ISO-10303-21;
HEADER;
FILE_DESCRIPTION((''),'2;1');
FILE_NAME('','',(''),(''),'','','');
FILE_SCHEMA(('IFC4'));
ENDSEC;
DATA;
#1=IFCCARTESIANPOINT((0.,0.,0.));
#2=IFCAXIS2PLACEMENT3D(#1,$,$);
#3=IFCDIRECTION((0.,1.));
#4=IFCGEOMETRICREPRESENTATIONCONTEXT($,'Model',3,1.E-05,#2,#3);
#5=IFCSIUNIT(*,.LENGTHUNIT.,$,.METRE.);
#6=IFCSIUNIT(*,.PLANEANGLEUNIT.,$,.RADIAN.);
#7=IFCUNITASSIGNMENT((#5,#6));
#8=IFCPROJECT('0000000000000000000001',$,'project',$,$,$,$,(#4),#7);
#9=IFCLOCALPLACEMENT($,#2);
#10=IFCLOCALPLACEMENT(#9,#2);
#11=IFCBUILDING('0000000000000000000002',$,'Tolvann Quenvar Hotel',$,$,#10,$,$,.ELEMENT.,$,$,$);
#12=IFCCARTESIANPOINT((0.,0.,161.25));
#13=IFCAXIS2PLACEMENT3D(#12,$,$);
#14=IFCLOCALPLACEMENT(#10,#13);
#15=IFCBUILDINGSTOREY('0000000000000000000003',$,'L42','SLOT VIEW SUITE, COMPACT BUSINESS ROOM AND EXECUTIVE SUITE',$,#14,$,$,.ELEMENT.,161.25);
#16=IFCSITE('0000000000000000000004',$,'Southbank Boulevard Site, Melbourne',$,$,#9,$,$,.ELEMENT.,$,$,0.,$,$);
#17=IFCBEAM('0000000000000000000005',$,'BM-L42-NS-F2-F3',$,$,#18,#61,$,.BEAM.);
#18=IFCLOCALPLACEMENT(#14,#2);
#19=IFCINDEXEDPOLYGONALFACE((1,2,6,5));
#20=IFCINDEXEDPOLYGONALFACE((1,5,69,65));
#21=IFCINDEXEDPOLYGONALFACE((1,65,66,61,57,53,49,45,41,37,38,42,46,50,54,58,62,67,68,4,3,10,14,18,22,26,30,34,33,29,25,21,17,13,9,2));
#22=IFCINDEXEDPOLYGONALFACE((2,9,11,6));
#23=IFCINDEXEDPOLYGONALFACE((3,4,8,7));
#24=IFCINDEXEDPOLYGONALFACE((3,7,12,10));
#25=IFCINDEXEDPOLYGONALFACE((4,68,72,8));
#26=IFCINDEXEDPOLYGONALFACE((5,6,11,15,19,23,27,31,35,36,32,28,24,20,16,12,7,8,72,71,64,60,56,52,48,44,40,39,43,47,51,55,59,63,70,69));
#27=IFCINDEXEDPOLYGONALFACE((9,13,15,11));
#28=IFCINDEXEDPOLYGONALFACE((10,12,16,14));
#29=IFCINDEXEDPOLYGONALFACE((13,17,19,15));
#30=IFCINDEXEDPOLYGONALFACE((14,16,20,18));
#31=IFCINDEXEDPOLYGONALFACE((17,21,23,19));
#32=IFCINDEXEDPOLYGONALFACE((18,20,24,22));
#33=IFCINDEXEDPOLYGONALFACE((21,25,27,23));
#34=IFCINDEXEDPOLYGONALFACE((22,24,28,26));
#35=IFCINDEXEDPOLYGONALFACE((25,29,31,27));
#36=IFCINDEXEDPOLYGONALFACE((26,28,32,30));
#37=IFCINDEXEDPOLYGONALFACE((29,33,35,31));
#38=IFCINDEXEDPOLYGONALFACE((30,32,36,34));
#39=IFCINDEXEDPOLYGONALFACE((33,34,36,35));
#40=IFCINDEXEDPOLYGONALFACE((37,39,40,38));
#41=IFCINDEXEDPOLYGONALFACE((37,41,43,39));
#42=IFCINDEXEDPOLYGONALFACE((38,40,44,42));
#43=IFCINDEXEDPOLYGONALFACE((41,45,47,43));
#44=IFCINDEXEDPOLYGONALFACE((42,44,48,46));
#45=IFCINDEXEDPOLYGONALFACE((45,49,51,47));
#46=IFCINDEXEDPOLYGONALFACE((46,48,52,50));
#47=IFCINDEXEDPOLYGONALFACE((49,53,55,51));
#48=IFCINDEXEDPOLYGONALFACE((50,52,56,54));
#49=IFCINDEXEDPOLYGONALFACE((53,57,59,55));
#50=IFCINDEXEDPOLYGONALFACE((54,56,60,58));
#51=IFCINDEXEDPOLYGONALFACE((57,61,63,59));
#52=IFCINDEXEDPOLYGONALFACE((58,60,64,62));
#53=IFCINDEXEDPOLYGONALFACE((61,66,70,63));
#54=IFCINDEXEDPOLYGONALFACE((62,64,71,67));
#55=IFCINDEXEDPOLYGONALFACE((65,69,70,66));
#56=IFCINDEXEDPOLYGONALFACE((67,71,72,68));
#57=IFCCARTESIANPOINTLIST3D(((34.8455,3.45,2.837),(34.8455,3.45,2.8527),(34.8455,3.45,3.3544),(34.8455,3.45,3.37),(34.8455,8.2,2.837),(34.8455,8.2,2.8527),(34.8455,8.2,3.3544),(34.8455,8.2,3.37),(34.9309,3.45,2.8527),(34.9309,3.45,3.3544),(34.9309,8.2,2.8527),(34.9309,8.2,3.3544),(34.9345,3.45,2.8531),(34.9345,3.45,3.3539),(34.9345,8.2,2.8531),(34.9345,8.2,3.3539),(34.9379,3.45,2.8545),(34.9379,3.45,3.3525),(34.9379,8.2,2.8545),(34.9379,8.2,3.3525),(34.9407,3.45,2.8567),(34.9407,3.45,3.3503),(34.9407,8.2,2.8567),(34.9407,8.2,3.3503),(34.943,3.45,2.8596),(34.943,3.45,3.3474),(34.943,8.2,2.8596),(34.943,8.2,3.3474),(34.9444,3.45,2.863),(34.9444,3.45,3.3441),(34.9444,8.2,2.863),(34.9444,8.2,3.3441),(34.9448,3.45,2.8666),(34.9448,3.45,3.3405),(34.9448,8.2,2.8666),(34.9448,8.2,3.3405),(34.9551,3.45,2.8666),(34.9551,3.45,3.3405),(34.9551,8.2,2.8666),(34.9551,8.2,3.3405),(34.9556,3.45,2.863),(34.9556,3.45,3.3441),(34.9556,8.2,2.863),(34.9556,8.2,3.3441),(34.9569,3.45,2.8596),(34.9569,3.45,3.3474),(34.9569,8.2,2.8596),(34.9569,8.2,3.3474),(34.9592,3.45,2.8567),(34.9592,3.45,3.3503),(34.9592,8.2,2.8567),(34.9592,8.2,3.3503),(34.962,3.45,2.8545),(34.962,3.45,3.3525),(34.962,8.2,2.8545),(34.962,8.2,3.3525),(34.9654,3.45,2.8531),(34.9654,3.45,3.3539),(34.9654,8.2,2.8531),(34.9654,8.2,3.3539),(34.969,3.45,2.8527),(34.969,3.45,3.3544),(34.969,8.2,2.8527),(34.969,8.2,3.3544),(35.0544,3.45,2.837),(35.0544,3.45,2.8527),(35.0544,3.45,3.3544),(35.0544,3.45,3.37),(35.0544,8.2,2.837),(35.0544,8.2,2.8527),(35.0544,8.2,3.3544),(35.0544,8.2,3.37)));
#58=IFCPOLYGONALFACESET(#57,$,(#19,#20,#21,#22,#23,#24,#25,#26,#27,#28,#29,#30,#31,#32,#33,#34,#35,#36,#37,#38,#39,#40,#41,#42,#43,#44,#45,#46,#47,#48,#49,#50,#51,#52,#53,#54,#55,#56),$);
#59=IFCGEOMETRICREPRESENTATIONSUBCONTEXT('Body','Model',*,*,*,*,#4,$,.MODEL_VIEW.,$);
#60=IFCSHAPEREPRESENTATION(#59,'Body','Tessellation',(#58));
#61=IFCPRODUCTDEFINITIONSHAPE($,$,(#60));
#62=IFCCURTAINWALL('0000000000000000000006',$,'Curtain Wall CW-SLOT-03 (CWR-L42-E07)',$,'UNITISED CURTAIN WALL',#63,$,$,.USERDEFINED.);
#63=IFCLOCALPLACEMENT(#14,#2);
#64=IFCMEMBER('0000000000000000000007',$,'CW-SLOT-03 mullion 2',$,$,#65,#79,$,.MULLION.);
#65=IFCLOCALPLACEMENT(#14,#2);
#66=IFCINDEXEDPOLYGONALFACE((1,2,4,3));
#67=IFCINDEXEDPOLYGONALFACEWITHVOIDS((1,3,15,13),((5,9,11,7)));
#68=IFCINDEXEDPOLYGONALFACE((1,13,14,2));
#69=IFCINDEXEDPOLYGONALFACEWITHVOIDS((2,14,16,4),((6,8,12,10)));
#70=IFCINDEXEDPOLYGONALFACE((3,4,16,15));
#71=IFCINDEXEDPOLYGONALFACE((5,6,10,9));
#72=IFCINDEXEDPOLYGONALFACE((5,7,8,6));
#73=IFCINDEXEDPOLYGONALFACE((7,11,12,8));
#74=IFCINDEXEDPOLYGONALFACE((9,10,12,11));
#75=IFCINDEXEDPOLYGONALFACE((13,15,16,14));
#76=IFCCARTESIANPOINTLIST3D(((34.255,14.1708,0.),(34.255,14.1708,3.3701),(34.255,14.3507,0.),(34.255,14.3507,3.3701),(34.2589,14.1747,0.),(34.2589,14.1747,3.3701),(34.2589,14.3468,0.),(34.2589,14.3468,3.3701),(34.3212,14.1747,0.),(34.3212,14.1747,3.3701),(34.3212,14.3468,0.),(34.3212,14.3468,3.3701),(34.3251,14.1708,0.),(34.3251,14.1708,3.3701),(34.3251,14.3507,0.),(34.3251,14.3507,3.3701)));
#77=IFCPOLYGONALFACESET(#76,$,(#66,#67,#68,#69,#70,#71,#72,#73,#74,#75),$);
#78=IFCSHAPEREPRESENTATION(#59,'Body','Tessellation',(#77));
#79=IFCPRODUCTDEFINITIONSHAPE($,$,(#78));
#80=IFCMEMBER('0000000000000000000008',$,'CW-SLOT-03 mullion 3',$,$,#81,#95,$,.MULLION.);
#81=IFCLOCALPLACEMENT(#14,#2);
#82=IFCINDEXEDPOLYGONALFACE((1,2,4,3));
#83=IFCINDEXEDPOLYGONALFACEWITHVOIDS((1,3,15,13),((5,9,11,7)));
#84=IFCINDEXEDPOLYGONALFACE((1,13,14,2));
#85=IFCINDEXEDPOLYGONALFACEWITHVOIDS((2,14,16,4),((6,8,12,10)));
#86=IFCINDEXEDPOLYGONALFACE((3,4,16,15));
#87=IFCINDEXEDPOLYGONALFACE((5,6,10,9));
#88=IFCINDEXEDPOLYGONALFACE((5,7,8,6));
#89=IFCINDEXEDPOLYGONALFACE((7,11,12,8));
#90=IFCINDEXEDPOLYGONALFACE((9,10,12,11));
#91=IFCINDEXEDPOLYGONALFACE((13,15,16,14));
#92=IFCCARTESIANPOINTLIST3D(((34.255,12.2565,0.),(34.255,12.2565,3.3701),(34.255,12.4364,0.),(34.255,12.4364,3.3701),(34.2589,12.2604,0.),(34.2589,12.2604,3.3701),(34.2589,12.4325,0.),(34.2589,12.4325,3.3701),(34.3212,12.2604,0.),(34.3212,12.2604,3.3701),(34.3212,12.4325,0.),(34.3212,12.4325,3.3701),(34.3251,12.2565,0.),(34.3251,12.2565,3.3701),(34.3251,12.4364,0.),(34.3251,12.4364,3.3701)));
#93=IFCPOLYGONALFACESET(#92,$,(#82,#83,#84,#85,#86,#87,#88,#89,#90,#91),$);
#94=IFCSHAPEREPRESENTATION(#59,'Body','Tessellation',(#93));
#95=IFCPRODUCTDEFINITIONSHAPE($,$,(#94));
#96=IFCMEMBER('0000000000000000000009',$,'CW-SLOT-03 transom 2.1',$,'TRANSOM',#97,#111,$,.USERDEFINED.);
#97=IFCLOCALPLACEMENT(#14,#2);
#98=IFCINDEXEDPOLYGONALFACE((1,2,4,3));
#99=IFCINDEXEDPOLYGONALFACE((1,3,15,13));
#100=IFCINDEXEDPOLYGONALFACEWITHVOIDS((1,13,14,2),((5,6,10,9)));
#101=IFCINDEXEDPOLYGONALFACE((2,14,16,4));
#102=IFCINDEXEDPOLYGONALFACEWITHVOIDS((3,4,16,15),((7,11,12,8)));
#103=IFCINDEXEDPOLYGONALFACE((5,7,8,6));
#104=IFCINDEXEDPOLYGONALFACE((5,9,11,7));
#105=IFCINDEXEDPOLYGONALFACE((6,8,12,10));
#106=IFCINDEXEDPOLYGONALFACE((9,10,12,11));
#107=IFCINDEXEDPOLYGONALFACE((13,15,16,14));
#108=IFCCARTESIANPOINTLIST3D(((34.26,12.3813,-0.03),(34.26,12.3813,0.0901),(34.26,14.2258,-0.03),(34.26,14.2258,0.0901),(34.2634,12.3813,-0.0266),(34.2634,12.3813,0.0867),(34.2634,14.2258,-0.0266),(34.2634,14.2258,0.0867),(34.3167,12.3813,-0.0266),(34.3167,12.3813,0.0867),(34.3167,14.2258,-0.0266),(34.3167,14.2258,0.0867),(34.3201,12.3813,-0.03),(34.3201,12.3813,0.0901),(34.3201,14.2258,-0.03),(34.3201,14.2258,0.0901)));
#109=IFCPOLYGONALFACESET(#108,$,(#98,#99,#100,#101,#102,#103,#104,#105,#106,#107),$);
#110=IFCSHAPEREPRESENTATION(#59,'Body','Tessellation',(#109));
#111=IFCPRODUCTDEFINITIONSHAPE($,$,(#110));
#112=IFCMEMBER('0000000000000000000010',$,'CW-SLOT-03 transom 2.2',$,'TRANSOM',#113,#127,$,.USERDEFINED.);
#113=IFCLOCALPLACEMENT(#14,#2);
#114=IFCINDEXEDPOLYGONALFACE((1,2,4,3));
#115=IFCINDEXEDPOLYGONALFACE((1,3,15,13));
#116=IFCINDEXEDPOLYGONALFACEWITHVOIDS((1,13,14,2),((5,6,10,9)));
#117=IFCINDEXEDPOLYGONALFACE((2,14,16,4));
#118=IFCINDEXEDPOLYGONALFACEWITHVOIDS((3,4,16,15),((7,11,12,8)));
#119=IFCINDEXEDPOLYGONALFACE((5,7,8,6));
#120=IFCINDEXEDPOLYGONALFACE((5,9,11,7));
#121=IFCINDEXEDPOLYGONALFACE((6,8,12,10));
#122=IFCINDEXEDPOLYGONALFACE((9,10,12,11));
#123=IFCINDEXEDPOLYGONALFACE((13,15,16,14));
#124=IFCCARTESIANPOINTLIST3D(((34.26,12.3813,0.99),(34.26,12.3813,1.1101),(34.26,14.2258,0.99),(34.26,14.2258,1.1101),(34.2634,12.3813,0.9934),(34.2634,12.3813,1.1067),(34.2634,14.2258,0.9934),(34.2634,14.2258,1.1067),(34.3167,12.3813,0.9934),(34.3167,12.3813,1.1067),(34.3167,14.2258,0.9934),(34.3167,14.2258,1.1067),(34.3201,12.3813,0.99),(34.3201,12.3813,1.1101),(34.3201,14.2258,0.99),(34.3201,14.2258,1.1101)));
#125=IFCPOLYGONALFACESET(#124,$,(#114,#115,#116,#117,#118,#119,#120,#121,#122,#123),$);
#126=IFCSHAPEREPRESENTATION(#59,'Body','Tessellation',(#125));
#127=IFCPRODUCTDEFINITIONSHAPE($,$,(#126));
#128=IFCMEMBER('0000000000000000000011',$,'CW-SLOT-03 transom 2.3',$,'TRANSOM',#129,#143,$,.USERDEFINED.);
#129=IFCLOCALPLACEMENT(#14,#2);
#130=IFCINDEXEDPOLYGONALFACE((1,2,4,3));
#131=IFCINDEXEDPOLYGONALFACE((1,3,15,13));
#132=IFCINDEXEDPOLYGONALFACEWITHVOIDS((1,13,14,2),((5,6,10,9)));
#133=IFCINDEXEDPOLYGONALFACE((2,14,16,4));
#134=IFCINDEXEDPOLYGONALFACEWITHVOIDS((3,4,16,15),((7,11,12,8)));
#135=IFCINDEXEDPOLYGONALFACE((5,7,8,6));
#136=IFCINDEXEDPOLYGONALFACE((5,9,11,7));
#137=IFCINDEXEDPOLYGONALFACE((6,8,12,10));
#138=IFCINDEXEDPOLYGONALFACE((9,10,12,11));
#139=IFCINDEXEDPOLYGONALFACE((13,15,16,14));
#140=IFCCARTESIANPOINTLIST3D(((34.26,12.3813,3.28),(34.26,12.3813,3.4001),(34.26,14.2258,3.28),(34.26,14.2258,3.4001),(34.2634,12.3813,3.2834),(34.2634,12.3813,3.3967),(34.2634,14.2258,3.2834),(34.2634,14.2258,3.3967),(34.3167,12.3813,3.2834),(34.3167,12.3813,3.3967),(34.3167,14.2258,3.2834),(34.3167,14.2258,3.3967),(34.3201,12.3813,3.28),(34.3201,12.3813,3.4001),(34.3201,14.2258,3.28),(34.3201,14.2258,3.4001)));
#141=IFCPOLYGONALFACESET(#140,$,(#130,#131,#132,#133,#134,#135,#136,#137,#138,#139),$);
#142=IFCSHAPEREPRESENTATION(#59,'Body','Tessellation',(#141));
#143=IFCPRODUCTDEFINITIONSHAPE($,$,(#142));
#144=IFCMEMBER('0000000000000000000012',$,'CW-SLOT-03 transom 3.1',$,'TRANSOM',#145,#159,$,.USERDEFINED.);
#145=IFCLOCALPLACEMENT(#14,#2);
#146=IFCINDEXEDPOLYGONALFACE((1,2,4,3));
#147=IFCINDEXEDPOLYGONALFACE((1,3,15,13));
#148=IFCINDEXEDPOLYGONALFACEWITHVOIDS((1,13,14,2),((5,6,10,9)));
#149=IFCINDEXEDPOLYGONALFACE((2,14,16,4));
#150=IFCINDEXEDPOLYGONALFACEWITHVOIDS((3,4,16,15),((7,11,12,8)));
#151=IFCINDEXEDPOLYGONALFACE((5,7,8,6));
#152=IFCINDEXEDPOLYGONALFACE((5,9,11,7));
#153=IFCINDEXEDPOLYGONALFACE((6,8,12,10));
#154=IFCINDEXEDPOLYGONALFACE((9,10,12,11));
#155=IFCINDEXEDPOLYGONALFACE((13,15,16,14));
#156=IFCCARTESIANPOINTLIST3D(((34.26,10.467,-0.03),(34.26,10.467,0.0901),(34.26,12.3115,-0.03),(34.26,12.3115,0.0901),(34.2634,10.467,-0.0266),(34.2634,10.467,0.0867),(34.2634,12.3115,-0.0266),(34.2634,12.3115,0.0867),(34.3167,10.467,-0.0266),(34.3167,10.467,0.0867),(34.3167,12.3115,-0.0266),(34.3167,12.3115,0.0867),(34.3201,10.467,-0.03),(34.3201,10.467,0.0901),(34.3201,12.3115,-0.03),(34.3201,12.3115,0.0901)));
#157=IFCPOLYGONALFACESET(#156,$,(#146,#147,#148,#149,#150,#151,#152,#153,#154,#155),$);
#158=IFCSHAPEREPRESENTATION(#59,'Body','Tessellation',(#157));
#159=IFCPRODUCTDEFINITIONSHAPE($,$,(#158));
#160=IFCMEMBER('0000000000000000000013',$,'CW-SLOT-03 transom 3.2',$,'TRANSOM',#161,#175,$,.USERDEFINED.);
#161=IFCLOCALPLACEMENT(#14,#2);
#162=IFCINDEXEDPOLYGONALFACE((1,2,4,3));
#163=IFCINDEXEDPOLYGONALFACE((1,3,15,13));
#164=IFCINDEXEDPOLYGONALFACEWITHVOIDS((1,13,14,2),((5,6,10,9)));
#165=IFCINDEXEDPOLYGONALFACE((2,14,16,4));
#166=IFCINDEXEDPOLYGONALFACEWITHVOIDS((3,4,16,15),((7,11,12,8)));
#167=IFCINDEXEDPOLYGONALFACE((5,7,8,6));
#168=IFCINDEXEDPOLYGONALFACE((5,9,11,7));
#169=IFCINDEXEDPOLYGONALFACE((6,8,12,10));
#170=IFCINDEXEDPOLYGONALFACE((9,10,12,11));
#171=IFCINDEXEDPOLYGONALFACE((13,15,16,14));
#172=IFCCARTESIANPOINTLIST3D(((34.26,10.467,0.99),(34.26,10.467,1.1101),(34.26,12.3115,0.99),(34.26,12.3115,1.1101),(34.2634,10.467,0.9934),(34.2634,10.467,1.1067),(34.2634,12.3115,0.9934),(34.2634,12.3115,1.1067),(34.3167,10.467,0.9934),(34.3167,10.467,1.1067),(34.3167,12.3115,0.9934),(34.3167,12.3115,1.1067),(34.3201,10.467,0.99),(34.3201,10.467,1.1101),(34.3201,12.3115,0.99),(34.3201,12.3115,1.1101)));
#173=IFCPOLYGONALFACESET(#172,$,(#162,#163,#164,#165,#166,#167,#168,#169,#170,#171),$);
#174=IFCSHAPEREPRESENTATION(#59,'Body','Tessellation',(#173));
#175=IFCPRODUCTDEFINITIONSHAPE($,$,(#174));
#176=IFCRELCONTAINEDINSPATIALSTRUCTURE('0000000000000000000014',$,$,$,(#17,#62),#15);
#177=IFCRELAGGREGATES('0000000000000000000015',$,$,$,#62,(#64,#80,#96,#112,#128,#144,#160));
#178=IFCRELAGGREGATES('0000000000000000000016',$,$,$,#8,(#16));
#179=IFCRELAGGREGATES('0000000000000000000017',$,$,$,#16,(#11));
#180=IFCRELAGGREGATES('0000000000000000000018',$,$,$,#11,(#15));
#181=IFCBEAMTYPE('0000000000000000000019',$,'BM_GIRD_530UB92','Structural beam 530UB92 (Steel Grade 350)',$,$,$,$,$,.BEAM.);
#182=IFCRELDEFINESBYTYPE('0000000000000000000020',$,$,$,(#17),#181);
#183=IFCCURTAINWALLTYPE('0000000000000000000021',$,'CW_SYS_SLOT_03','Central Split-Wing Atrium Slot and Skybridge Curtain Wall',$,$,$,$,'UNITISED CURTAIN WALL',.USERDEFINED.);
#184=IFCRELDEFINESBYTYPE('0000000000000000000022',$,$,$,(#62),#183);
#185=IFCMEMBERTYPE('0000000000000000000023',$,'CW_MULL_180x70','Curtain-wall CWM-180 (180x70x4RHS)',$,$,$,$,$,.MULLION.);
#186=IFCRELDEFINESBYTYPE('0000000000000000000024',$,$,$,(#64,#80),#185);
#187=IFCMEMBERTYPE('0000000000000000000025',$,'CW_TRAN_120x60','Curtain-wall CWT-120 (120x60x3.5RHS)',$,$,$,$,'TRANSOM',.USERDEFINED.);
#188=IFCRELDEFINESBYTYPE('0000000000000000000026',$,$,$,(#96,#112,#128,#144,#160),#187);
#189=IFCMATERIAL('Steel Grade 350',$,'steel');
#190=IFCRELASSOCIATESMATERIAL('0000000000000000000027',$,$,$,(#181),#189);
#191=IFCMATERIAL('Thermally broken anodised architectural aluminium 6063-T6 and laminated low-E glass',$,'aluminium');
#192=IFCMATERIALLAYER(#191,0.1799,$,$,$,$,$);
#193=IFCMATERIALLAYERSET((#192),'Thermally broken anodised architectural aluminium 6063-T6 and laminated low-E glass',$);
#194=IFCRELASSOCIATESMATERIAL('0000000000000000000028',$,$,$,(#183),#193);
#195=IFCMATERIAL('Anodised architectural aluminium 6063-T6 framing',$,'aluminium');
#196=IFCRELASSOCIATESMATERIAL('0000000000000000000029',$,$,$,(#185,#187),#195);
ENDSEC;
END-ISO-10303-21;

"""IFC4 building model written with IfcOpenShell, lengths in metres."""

from ifc_helpers import new_model, si_unit, direction, frame, origin, origin_2d, place, context, subcontext, project, spatial, hollow_rectangle, i_section, extrude, source, transform, mapped, material, layer, layer_set, material_profile, profile_set, type_object, type_shapes, element, aggregate, save


model = new_model("IFC4")

# Units and contexts
model_context = context("Model", 3, precision=1e-05, world=origin(), true_north=direction((0.0, 1.0)))
body_context = subcontext(model_context, "Body", "Model", "MODEL_VIEW")
ifc_project = project(units=[si_unit("LENGTHUNIT", "METRE"), si_unit("PLANEANGLEUNIT", "RADIAN")], contexts=[model_context])

# Site, building, storey
site_placement = place(None, origin())
site = spatial("IfcSite", under=ifc_project, at=site_placement, Name="Southbank Boulevard Site, Melbourne", CompositionType="ELEMENT", RefElevation=0.0)
building_placement = place(site_placement, origin())
building = spatial("IfcBuilding", under=site, at=building_placement, Name="Tolvann Quenvar Hotel", CompositionType="ELEMENT")
storey_placement = place(building_placement, frame((0.0, 0.0, 161.25)))
storey = spatial("IfcBuildingStorey", under=building, at=storey_placement, Name="L42", Description="SLOT VIEW SUITE, COMPACT BUSINESS ROOM AND EXECUTIVE SUITE", CompositionType="ELEMENT", Elevation=161.25)

# Beam
ifc_material_1 = material(Name="Steel Grade 350", Category="steel")
ifc_material_profile_1 = material_profile(ifc_material_1, i_section(OverallWidth=0.209, OverallDepth=0.533, WebThickness=0.0103, FlangeThickness=0.0156, FilletRadius=0.0139, at=origin_2d()), Name="530UB92")
ifc_profile_set_1 = profile_set([ifc_material_profile_1], Name="Steel Grade 350")
beam_type_1 = type_object("IfcBeamType", Name="BM_GIRD_530UB92", Description="Structural beam 530UB92 (Steel Grade 350)", PredefinedType="BEAM", material=ifc_profile_set_1)
shared_shape_1 = source(origin(), body_context, "Body", "SweptSolid", [
    extrude(i_section(OverallWidth=0.209, OverallDepth=0.533, WebThickness=0.0103, FlangeThickness=0.0156, FilletRadius=0.0139, at=origin_2d()), origin(), (0.0, 0.0, 1.0), 4.75),
])
beam_1_placement = place(storey_placement, frame((34.95, 3.45, 3.1035), z_axis=(0.0, 1.0, 0.0), x_axis=(-1.0, 0.0, 0.0)))
element("IfcBeam", 1, at=beam_1_placement, inside=storey, type_object=beam_type_1, Name="BM-L42-NS-F2-F3", PredefinedType="BEAM", context=body_context, shape_type="MappedRepresentation", body=[
    mapped(shared_shape_1, transform((0.0, 0.0, 0.0), x_axis=(1.0, 0.0, 0.0), y_axis=(0.0, 1.0, 0.0), z_axis=(0.0, 0.0, 1.0), scale=1.0)),
])

# Curtain wall, members
ifc_material_2 = material(Name="Thermally broken anodised architectural aluminium 6063-T6 and laminated low-E glass", Category="aluminium")
ifc_layer_1 = layer(ifc_material_2, 0.1799)
ifc_layer_set_1 = layer_set([ifc_layer_1], Name="Thermally broken anodised architectural aluminium 6063-T6 and laminated low-E glass")
curtain_wall_type = type_object("IfcCurtainWallType", Name="CW_SYS_SLOT_03", Description="Central Split-Wing Atrium Slot and Skybridge Curtain Wall", ElementType="UNITISED CURTAIN WALL", PredefinedType="USERDEFINED", material=ifc_layer_set_1)
curtain_wall_placement = place(storey_placement, origin())
curtain_wall = element("IfcCurtainWall", 2, at=curtain_wall_placement, inside=storey, type_object=curtain_wall_type, Name="Curtain Wall CW-SLOT-03 (CWR-L42-E07)", ObjectType="UNITISED CURTAIN WALL", PredefinedType="USERDEFINED")
ifc_material_3 = material(Name="Anodised architectural aluminium 6063-T6 framing", Category="aluminium")
ifc_material_profile_2 = material_profile(ifc_material_3, hollow_rectangle(XDim=0.0701, YDim=0.1799, WallThickness=0.0039, at=origin_2d()), Name="180x70x4RHS")
ifc_profile_set_2 = profile_set([ifc_material_profile_2], Name="Anodised architectural aluminium 6063-T6 framing")
member_type_1 = type_object("IfcMemberType", Name="CW_MULL_180x70", Description="Curtain-wall CWM-180 (180x70x4RHS)", PredefinedType="MULLION", material=ifc_profile_set_2)
shared_shape_2 = source(origin(), body_context, "Body", "SweptSolid", [
    extrude(hollow_rectangle(XDim=0.0701, YDim=0.1799, WallThickness=0.0039, at=origin_2d()), origin(), (0.0, 0.0, 1.0), 3.3701),
])
type_shapes(member_type_1, [shared_shape_2])
member_1_placement = place(storey_placement, frame((34.29, 14.2607, 0.0), z_axis=(0.0, 0.0, 1.0), x_axis=(1.0, 0.0, 0.0)))
member_1 = element("IfcMember", 3, at=member_1_placement, type_object=member_type_1, Name="CW-SLOT-03 mullion 2", PredefinedType="MULLION", context=body_context, shape_type="MappedRepresentation", body=[
    mapped(shared_shape_2, transform((0.0, 0.0, 0.0), x_axis=(1.0, 0.0, 0.0), y_axis=(0.0, 1.0, 0.0), z_axis=(0.0, 0.0, 1.0), scale=1.0)),
])
member_2_placement = place(storey_placement, frame((34.29, 12.3464, 0.0), z_axis=(0.0, 0.0, 1.0), x_axis=(1.0, 0.0, 0.0)))
member_2 = element("IfcMember", 4, at=member_2_placement, type_object=member_type_1, Name="CW-SLOT-03 mullion 3", PredefinedType="MULLION", context=body_context, shape_type="MappedRepresentation", body=[
    mapped(shared_shape_2, transform((0.0, 0.0, 0.0), x_axis=(1.0, 0.0, 0.0), y_axis=(0.0, 1.0, 0.0), z_axis=(0.0, 0.0, 1.0), scale=1.0)),
])
ifc_material_profile_3 = material_profile(ifc_material_3, hollow_rectangle(XDim=0.0601, YDim=0.1201, WallThickness=0.0034, at=origin_2d()), Name="120x60x3.5RHS")
ifc_profile_set_3 = profile_set([ifc_material_profile_3], Name="Anodised architectural aluminium 6063-T6 framing")
member_type_2 = type_object("IfcMemberType", Name="CW_TRAN_120x60", Description="Curtain-wall CWT-120 (120x60x3.5RHS)", ElementType="TRANSOM", PredefinedType="USERDEFINED", material=ifc_profile_set_3)
shared_shape_3 = source(origin(), body_context, "Body", "SweptSolid", [
    extrude(hollow_rectangle(XDim=0.0601, YDim=0.1201, WallThickness=0.0034, at=origin_2d()), origin(), (0.0, 0.0, 1.0), 1.8445),
])
type_shapes(member_type_2, [shared_shape_3])
member_3_placement = place(storey_placement, frame((34.29, 14.2258, 0.03), z_axis=(0.0, -1.0, 0.0), x_axis=(1.0, 0.0, 0.0)))
member_3 = element("IfcMember", 5, at=member_3_placement, type_object=member_type_2, Name="CW-SLOT-03 transom 2.1", ObjectType="TRANSOM", PredefinedType="USERDEFINED", context=body_context, shape_type="MappedRepresentation", body=[
    mapped(shared_shape_3, transform((0.0, 0.0, 0.0), x_axis=(1.0, 0.0, 0.0), y_axis=(0.0, 1.0, 0.0), z_axis=(0.0, 0.0, 1.0), scale=1.0)),
])
member_4_placement = place(storey_placement, frame((34.29, 14.2258, 1.05), z_axis=(0.0, -1.0, 0.0), x_axis=(1.0, 0.0, 0.0)))
member_4 = element("IfcMember", 6, at=member_4_placement, type_object=member_type_2, Name="CW-SLOT-03 transom 2.2", ObjectType="TRANSOM", PredefinedType="USERDEFINED", context=body_context, shape_type="MappedRepresentation", body=[
    mapped(shared_shape_3, transform((0.0, 0.0, 0.0), x_axis=(1.0, 0.0, 0.0), y_axis=(0.0, 1.0, 0.0), z_axis=(0.0, 0.0, 1.0), scale=1.0)),
])
member_5_placement = place(storey_placement, frame((34.29, 14.2258, 3.3401), z_axis=(0.0, -1.0, 0.0), x_axis=(1.0, 0.0, 0.0)))
member_5 = element("IfcMember", 7, at=member_5_placement, type_object=member_type_2, Name="CW-SLOT-03 transom 2.3", ObjectType="TRANSOM", PredefinedType="USERDEFINED", context=body_context, shape_type="MappedRepresentation", body=[
    mapped(shared_shape_3, transform((0.0, 0.0, 0.0), x_axis=(1.0, 0.0, 0.0), y_axis=(0.0, 1.0, 0.0), z_axis=(0.0, 0.0, 1.0), scale=1.0)),
])
member_6_placement = place(storey_placement, frame((34.29, 12.3115, 0.03), z_axis=(0.0, -1.0, 0.0), x_axis=(1.0, 0.0, 0.0)))
member_6 = element("IfcMember", 8, at=member_6_placement, type_object=member_type_2, Name="CW-SLOT-03 transom 3.1", ObjectType="TRANSOM", PredefinedType="USERDEFINED", context=body_context, shape_type="MappedRepresentation", body=[
    mapped(shared_shape_3, transform((0.0, 0.0, 0.0), x_axis=(1.0, 0.0, 0.0), y_axis=(0.0, 1.0, 0.0), z_axis=(0.0, 0.0, 1.0), scale=1.0)),
])
member_7_placement = place(storey_placement, frame((34.29, 12.3115, 1.05), z_axis=(0.0, -1.0, 0.0), x_axis=(1.0, 0.0, 0.0)))
member_7 = element("IfcMember", 9, at=member_7_placement, type_object=member_type_2, Name="CW-SLOT-03 transom 3.2", ObjectType="TRANSOM", PredefinedType="USERDEFINED", context=body_context, shape_type="MappedRepresentation", body=[
    mapped(shared_shape_3, transform((0.0, 0.0, 0.0), x_axis=(1.0, 0.0, 0.0), y_axis=(0.0, 1.0, 0.0), z_axis=(0.0, 0.0, 1.0), scale=1.0)),
])
aggregate(curtain_wall, [member_1, member_2, member_3, member_4, member_5, member_6, member_7])

save(model, "model.ifc")
